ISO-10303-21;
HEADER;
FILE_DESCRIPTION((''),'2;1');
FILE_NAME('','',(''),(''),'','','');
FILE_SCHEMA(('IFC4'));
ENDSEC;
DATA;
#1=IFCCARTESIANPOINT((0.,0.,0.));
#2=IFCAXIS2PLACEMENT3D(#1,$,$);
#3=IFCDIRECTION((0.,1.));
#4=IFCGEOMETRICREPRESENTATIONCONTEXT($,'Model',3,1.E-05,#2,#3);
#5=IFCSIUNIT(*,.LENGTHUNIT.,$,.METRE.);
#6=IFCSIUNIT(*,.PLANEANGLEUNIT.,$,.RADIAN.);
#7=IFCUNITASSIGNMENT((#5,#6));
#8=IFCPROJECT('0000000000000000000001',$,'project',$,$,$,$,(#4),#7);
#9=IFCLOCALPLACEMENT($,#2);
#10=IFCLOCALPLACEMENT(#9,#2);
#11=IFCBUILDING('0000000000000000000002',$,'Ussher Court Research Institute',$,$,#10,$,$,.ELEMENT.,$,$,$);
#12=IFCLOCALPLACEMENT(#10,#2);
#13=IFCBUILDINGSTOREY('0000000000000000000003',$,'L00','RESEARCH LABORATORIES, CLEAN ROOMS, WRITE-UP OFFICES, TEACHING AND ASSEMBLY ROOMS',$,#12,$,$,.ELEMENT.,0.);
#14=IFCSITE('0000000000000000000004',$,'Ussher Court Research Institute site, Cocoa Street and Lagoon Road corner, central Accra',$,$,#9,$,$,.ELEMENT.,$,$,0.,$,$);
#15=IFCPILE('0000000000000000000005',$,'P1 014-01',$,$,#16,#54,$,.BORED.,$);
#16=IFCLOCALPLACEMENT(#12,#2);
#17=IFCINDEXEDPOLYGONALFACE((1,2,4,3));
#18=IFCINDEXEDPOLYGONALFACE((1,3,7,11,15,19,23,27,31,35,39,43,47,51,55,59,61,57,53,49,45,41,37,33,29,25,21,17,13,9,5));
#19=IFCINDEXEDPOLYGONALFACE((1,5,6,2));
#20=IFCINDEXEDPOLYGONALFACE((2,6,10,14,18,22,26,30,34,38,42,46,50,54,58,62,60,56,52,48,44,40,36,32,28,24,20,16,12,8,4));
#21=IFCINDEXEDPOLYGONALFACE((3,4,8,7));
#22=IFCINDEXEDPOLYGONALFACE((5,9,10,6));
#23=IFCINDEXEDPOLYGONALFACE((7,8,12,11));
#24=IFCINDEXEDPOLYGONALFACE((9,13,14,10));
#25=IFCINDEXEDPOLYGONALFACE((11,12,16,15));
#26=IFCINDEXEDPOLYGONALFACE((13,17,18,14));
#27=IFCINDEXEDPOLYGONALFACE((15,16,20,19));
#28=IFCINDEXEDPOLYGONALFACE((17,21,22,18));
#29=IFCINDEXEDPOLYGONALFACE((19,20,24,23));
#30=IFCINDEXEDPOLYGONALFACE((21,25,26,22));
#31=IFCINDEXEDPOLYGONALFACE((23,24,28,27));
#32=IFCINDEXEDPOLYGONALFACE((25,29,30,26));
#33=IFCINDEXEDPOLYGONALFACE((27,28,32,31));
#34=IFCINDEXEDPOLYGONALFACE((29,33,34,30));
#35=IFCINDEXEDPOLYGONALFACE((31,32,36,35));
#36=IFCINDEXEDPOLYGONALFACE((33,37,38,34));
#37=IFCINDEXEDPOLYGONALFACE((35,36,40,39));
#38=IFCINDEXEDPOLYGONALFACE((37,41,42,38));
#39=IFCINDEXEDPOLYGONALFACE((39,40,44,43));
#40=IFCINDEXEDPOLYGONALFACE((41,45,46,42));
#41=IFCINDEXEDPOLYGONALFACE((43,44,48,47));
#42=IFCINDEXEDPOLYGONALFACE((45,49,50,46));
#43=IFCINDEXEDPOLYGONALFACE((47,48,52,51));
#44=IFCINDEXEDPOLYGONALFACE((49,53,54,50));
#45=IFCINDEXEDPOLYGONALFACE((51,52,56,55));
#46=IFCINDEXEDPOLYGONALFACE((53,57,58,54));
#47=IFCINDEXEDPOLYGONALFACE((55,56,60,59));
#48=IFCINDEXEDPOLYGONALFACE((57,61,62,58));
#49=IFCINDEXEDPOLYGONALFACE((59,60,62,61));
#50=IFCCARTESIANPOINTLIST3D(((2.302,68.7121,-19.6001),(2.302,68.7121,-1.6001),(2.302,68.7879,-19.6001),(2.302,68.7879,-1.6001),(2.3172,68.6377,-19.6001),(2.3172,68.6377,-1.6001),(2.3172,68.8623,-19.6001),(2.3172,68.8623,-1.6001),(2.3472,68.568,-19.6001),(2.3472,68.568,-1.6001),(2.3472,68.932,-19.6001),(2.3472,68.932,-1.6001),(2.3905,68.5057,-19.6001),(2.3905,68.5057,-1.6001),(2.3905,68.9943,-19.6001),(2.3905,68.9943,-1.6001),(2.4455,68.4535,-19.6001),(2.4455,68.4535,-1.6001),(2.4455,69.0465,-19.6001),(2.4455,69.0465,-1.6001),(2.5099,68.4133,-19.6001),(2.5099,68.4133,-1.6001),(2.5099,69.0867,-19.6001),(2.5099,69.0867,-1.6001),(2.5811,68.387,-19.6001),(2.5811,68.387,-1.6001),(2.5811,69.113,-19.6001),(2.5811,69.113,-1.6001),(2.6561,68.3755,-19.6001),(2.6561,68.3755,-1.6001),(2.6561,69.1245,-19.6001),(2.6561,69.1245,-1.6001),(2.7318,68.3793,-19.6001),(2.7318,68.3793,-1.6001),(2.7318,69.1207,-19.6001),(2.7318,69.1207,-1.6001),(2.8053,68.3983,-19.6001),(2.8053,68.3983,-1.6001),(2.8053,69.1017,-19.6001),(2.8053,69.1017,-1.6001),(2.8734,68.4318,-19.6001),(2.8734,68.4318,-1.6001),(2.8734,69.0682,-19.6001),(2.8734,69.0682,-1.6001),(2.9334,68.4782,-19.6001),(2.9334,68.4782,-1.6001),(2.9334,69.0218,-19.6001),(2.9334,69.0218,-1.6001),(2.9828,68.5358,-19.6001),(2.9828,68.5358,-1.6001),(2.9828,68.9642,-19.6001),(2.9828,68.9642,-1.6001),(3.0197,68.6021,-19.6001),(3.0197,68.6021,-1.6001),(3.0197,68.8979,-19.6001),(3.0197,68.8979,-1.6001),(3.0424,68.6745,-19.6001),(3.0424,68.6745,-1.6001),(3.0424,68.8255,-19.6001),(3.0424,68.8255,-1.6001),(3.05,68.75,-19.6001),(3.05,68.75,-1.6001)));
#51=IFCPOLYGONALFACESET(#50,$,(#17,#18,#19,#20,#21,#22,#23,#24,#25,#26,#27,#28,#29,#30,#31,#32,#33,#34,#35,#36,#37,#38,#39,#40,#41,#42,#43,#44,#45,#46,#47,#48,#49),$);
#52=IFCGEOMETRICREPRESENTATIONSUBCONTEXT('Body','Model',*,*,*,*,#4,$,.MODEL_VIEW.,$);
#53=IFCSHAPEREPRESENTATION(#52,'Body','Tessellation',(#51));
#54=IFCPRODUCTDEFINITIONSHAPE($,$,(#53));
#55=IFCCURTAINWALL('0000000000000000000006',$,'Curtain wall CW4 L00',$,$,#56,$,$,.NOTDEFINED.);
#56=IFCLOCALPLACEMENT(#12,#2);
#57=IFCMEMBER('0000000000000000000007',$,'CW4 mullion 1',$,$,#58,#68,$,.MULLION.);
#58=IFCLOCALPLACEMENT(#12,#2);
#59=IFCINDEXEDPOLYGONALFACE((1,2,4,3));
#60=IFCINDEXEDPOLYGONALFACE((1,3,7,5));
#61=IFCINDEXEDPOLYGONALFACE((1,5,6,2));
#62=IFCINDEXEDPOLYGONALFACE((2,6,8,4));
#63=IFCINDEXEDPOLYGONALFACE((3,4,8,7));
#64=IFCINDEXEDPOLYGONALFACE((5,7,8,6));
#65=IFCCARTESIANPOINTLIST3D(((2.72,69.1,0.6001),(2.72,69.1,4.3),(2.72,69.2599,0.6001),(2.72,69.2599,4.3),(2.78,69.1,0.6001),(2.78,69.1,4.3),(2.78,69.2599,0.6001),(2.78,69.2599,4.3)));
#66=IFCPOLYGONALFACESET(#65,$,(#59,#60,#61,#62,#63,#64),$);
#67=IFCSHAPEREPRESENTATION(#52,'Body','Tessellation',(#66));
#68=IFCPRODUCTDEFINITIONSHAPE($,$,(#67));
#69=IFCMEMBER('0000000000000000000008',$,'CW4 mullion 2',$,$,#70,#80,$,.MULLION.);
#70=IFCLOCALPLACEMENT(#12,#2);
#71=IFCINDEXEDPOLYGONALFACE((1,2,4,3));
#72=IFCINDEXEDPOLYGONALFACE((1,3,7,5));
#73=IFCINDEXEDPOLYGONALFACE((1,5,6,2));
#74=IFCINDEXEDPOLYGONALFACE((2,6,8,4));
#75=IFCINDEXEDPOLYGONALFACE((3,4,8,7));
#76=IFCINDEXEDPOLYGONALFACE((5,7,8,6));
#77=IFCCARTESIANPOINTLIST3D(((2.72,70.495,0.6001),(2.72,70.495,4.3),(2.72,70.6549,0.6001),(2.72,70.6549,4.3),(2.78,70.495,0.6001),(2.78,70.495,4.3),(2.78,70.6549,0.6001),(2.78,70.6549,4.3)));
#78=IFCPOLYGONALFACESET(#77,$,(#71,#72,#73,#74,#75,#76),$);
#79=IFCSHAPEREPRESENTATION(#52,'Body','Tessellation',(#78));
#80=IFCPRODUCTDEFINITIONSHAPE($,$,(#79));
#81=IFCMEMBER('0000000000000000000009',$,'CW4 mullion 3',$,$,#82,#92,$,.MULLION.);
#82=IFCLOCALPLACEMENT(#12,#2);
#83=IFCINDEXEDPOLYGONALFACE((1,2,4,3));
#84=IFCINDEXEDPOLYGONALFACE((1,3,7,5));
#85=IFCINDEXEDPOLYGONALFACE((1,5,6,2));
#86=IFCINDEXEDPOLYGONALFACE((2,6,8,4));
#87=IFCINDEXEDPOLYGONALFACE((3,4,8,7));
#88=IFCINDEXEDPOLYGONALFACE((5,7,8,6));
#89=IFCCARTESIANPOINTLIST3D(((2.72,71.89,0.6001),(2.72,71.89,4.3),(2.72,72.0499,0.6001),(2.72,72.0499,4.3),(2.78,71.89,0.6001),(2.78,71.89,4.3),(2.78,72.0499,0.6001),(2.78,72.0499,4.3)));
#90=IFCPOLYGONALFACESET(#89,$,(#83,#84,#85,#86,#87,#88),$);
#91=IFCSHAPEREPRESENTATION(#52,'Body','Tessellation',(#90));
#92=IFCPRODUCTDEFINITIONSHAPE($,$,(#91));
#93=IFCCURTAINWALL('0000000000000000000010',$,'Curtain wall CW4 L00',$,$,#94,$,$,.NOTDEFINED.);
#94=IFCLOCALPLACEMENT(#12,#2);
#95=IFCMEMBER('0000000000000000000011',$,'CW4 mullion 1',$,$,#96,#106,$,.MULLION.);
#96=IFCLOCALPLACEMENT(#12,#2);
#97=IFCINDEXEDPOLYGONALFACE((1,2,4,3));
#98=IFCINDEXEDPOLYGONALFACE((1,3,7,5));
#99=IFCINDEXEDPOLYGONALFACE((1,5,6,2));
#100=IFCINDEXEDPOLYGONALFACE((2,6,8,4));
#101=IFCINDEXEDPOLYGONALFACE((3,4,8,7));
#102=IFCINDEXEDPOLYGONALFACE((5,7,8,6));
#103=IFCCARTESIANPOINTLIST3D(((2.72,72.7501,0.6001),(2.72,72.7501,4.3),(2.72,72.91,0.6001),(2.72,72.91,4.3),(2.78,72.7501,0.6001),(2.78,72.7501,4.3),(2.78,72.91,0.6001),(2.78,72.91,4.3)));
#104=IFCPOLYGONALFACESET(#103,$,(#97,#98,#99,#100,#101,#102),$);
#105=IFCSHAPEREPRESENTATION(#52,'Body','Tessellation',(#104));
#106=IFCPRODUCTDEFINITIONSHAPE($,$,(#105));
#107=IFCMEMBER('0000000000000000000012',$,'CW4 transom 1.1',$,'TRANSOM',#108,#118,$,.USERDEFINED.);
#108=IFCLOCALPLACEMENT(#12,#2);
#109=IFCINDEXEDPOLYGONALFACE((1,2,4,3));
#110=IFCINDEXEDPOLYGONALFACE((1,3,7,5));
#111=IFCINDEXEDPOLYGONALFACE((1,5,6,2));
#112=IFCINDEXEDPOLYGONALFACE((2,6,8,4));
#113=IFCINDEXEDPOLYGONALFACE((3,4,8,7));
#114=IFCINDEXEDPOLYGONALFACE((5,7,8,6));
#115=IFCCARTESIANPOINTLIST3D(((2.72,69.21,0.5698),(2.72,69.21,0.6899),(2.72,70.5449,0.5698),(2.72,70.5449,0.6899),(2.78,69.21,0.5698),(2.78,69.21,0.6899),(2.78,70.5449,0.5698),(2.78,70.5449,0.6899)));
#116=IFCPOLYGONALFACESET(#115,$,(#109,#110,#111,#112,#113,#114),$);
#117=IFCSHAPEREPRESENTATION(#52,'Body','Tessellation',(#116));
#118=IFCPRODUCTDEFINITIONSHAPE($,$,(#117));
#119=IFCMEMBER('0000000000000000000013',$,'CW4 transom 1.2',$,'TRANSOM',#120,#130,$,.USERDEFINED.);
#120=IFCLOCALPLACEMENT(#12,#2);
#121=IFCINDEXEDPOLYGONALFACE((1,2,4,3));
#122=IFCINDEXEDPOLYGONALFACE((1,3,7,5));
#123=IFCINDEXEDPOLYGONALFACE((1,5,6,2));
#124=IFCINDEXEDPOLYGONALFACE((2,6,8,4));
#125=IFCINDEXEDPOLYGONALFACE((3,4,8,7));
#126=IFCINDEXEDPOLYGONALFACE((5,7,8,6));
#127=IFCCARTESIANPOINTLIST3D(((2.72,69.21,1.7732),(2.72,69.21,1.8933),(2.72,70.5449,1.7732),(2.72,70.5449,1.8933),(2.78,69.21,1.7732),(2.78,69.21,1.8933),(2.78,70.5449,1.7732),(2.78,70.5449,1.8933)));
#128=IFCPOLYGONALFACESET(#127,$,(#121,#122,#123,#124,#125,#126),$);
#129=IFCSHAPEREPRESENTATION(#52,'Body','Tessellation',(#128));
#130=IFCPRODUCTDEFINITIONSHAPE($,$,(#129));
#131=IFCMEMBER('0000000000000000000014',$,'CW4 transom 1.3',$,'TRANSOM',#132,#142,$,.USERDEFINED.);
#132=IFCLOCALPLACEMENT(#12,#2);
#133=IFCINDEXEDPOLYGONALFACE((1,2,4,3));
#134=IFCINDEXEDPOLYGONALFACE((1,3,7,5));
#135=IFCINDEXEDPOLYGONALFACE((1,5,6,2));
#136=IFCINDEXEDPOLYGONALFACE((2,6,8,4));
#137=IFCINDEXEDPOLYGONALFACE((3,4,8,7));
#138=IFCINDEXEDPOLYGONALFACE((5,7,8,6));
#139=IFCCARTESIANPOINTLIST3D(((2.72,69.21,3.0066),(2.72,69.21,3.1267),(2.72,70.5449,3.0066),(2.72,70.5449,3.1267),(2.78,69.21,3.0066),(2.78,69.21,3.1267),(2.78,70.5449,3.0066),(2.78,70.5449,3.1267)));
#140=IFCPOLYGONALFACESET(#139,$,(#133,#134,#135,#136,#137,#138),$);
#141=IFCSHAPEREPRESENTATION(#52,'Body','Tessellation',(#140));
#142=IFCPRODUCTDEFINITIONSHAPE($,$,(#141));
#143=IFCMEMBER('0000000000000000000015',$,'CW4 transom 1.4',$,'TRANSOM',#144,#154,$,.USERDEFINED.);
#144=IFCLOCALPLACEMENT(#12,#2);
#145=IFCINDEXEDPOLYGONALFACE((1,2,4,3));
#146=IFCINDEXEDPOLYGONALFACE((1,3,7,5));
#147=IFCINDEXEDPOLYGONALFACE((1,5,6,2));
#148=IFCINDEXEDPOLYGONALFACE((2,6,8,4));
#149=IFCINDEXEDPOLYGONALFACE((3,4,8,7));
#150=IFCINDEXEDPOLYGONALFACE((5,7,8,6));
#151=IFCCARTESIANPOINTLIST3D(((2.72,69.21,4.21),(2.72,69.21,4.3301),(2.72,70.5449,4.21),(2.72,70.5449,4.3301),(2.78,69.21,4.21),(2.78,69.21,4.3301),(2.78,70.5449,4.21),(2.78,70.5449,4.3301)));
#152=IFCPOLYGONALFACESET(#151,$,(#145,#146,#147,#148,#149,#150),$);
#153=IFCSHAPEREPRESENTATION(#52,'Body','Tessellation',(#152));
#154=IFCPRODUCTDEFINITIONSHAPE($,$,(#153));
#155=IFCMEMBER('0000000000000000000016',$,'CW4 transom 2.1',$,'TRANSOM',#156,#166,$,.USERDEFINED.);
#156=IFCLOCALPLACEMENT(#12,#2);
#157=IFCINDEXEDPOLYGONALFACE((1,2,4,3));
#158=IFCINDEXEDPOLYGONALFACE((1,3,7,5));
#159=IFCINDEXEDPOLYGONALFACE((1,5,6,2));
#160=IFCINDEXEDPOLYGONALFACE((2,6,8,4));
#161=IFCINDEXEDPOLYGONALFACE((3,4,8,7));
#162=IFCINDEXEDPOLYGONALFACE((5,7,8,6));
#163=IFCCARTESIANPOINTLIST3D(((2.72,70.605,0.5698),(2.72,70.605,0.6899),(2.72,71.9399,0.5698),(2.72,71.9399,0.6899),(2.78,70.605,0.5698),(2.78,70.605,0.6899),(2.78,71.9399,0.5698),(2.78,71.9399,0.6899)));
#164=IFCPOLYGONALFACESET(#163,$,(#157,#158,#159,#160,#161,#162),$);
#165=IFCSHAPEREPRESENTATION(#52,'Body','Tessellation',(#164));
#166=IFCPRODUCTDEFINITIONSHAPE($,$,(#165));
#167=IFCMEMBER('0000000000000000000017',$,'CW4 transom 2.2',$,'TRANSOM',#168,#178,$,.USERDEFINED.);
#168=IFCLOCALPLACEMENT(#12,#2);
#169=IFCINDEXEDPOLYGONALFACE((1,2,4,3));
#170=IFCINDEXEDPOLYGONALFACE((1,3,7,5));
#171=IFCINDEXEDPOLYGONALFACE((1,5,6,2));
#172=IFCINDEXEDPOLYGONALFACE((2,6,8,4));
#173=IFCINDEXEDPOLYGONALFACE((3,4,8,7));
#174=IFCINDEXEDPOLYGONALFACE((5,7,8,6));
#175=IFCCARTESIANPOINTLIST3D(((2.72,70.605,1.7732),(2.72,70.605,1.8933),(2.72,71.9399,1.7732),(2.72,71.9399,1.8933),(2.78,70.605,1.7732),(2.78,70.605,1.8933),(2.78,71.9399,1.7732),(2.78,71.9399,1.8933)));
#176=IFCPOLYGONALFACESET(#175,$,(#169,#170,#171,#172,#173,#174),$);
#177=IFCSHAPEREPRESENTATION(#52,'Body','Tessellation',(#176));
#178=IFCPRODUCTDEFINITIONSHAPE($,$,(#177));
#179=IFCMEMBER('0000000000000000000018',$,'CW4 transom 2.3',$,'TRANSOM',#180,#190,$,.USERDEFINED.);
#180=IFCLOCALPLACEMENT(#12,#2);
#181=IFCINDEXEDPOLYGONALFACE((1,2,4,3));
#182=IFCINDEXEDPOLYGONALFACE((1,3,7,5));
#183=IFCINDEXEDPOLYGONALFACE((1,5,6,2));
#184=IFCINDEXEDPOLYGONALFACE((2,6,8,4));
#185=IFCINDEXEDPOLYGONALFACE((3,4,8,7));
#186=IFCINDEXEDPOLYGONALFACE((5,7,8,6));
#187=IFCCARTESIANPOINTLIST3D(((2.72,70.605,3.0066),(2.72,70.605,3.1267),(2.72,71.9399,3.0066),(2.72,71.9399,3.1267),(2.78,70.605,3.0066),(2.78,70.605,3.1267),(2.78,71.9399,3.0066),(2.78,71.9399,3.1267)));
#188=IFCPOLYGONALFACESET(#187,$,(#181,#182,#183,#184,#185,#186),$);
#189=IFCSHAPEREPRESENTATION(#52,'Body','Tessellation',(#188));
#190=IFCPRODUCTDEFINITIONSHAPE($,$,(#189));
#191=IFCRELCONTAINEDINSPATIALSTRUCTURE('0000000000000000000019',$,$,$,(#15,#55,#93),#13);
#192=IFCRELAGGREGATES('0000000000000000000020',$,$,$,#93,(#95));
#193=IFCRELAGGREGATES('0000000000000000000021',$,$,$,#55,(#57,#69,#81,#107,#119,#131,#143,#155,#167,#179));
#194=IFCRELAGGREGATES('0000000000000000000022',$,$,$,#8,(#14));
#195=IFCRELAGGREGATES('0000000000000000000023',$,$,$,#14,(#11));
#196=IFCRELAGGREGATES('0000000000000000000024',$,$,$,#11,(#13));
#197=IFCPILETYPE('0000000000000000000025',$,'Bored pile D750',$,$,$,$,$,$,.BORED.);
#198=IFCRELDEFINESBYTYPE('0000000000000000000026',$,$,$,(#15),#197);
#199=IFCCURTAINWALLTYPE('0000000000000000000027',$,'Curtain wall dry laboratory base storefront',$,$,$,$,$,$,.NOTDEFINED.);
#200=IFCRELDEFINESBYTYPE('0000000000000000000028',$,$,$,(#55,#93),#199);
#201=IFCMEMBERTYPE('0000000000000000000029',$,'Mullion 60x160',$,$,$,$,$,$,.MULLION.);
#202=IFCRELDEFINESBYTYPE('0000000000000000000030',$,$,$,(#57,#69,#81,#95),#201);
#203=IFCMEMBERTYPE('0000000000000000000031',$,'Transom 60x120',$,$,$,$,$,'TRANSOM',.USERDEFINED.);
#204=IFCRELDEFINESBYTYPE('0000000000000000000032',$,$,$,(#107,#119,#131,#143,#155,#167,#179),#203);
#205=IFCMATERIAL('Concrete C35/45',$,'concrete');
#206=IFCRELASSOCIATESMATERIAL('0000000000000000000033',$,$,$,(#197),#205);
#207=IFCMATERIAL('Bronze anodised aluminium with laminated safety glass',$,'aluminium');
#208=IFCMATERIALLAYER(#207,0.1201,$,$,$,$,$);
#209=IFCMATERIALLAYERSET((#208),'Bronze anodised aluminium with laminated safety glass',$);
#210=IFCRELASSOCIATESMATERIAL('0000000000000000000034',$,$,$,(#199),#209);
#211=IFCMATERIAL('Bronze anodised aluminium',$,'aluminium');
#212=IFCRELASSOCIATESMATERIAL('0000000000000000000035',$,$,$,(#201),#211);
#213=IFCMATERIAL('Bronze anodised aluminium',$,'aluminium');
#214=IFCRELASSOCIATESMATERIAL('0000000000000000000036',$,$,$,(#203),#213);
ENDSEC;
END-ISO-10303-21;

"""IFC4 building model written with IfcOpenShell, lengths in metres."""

from ifc_helpers import new_model, si_unit, direction, frame, origin, origin_2d, place, context, subcontext, project, spatial, rectangle, circle, extrude, material, layer, layer_set, material_profile, profile_set, type_object, element, aggregate, save


model = new_model("IFC4")

# Units and contexts
model_context = context("Model", 3, precision=1e-05, world=origin(), true_north=direction((0.0, 1.0)))
body_context = subcontext(model_context, "Body", "Model", "MODEL_VIEW")
ifc_project = project(units=[si_unit("LENGTHUNIT", "METRE"), si_unit("PLANEANGLEUNIT", "RADIAN")], contexts=[model_context])

# Site, building, storey
site_placement = place(None, origin())
site = spatial("IfcSite", under=ifc_project, at=site_placement, Name="Ussher Court Research Institute site, Cocoa Street and Lagoon Road corner, central Accra", CompositionType="ELEMENT", RefElevation=0.0)
building_placement = place(site_placement, origin())
building = spatial("IfcBuilding", under=site, at=building_placement, Name="Ussher Court Research Institute", CompositionType="ELEMENT")
storey_placement = place(building_placement, origin())
storey = spatial("IfcBuildingStorey", under=building, at=storey_placement, Name="L00", Description="RESEARCH LABORATORIES, CLEAN ROOMS, WRITE-UP OFFICES, TEACHING AND ASSEMBLY ROOMS", CompositionType="ELEMENT", Elevation=0.0)

# Pile
ifc_material_1 = material(Name="Concrete C35/45", Category="concrete")
ifc_material_profile_1 = material_profile(ifc_material_1, circle(Radius=0.375, at=origin_2d()), Name="RC D750")
ifc_profile_set_1 = profile_set([ifc_material_profile_1], Name="Concrete C35/45")
pile_type = type_object("IfcPileType", Name="Bored pile D750", PredefinedType="BORED", material=ifc_profile_set_1)
pile_placement = place(storey_placement, frame((2.675, 68.75, -1.6001), z_axis=(0.0, 0.0, -1.0), x_axis=(1.0, 0.0, 0.0)))
element("IfcPile", 1, at=pile_placement, inside=storey, type_object=pile_type, Name="P1 014-01", PredefinedType="BORED", context=body_context, shape_type="SweptSolid", body=[
    extrude(circle(Radius=0.375, at=origin_2d()), origin(), (0.0, 0.0, 1.0), 18.0),
])

# Curtain wall, members
ifc_material_2 = material(Name="Bronze anodised aluminium with laminated safety glass", Category="aluminium")
ifc_layer_1 = layer(ifc_material_2, 0.1201)
ifc_layer_set_1 = layer_set([ifc_layer_1], Name="Bronze anodised aluminium with laminated safety glass")
curtain_wall_type = type_object("IfcCurtainWallType", Name="Curtain wall dry laboratory base storefront", PredefinedType="NOTDEFINED", material=ifc_layer_set_1)
curtain_wall_1_placement = place(storey_placement, origin())
curtain_wall_1 = element("IfcCurtainWall", 2, at=curtain_wall_1_placement, inside=storey, type_object=curtain_wall_type, Name="Curtain wall CW4 L00", PredefinedType="NOTDEFINED")
ifc_material_3 = material(Name="Bronze anodised aluminium", Category="aluminium")
ifc_material_profile_2 = material_profile(ifc_material_3, rectangle(XDim=0.0601, YDim=0.1599, at=origin_2d()), Name="Mullion 60x160")
ifc_profile_set_2 = profile_set([ifc_material_profile_2], Name="Bronze anodised aluminium")
member_type_1 = type_object("IfcMemberType", Name="Mullion 60x160", PredefinedType="MULLION", material=ifc_profile_set_2)
member_1_placement = place(storey_placement, frame((2.75, 69.1799, 0.6001), z_axis=(0.0, 0.0, 1.0), x_axis=(-1.0, 0.0, 0.0)))
member_1 = element("IfcMember", 3, at=member_1_placement, type_object=member_type_1, Name="CW4 mullion 1", PredefinedType="MULLION", context=body_context, shape_type="SweptSolid", body=[
    extrude(rectangle(XDim=0.0601, YDim=0.1599, at=origin_2d()), origin(), (0.0, 0.0, 1.0), 3.7),
])
member_2_placement = place(storey_placement, frame((2.75, 70.575, 0.6001), z_axis=(0.0, 0.0, 1.0), x_axis=(-1.0, 0.0, 0.0)))
member_2 = element("IfcMember", 4, at=member_2_placement, type_object=member_type_1, Name="CW4 mullion 2", PredefinedType="MULLION", context=body_context, shape_type="SweptSolid", body=[
    extrude(rectangle(XDim=0.0601, YDim=0.1599, at=origin_2d()), origin(), (0.0, 0.0, 1.0), 3.7),
])
member_3_placement = place(storey_placement, frame((2.75, 71.97, 0.6001), z_axis=(0.0, 0.0, 1.0), x_axis=(-1.0, 0.0, 0.0)))
member_3 = element("IfcMember", 5, at=member_3_placement, type_object=member_type_1, Name="CW4 mullion 3", PredefinedType="MULLION", context=body_context, shape_type="SweptSolid", body=[
    extrude(rectangle(XDim=0.0601, YDim=0.1599, at=origin_2d()), origin(), (0.0, 0.0, 1.0), 3.7),
])

# Curtain wall, member
curtain_wall_2_placement = place(storey_placement, origin())
curtain_wall_2 = element("IfcCurtainWall", 6, at=curtain_wall_2_placement, inside=storey, type_object=curtain_wall_type, Name="Curtain wall CW4 L00", PredefinedType="NOTDEFINED")
member_4_placement = place(storey_placement, frame((2.75, 72.8301, 0.6001), z_axis=(0.0, 0.0, 1.0), x_axis=(-1.0, 0.0, 0.0)))
member_4 = element("IfcMember", 7, at=member_4_placement, type_object=member_type_1, Name="CW4 mullion 1", PredefinedType="MULLION", context=body_context, shape_type="SweptSolid", body=[
    extrude(rectangle(XDim=0.0601, YDim=0.1599, at=origin_2d()), origin(), (0.0, 0.0, 1.0), 3.7),
])

# Members
ifc_material_4 = material(Name="Bronze anodised aluminium", Category="aluminium")
ifc_material_profile_3 = material_profile(ifc_material_4, rectangle(XDim=0.0601, YDim=0.1201, at=origin_2d()), Name="Transom 60x120")
ifc_profile_set_3 = profile_set([ifc_material_profile_3], Name="Bronze anodised aluminium")
member_type_2 = type_object("IfcMemberType", Name="Transom 60x120", ElementType="TRANSOM", PredefinedType="USERDEFINED", material=ifc_profile_set_3)
member_5_placement = place(storey_placement, frame((2.75, 69.21, 0.6299), z_axis=(0.0, 1.0, 0.0), x_axis=(-1.0, 0.0, 0.0)))
member_5 = element("IfcMember", 8, at=member_5_placement, type_object=member_type_2, Name="CW4 transom 1.1", ObjectType="TRANSOM", PredefinedType="USERDEFINED", context=body_context, shape_type="SweptSolid", body=[
    extrude(rectangle(XDim=0.0601, YDim=0.1201, at=origin_2d()), origin(), (0.0, 0.0, 1.0), 1.335),
])
member_6_placement = place(storey_placement, frame((2.75, 69.21, 1.8333), z_axis=(0.0, 1.0, 0.0), x_axis=(-1.0, 0.0, 0.0)))
member_6 = element("IfcMember", 9, at=member_6_placement, type_object=member_type_2, Name="CW4 transom 1.2", ObjectType="TRANSOM", PredefinedType="USERDEFINED", context=body_context, shape_type="SweptSolid", body=[
    extrude(rectangle(XDim=0.0601, YDim=0.1201, at=origin_2d()), origin(), (0.0, 0.0, 1.0), 1.335),
])
member_7_placement = place(storey_placement, frame((2.75, 69.21, 3.0667), z_axis=(0.0, 1.0, 0.0), x_axis=(-1.0, 0.0, 0.0)))
member_7 = element("IfcMember", 10, at=member_7_placement, type_object=member_type_2, Name="CW4 transom 1.3", ObjectType="TRANSOM", PredefinedType="USERDEFINED", context=body_context, shape_type="SweptSolid", body=[
    extrude(rectangle(XDim=0.0601, YDim=0.1201, at=origin_2d()), origin(), (0.0, 0.0, 1.0), 1.335),
])
member_8_placement = place(storey_placement, frame((2.75, 69.21, 4.27), z_axis=(0.0, 1.0, 0.0), x_axis=(-1.0, 0.0, 0.0)))
member_8 = element("IfcMember", 11, at=member_8_placement, type_object=member_type_2, Name="CW4 transom 1.4", ObjectType="TRANSOM", PredefinedType="USERDEFINED", context=body_context, shape_type="SweptSolid", body=[
    extrude(rectangle(XDim=0.0601, YDim=0.1201, at=origin_2d()), origin(), (0.0, 0.0, 1.0), 1.335),
])
member_9_placement = place(storey_placement, frame((2.75, 70.605, 0.6299), z_axis=(0.0, 1.0, 0.0), x_axis=(-1.0, 0.0, 0.0)))
member_9 = element("IfcMember", 12, at=member_9_placement, type_object=member_type_2, Name="CW4 transom 2.1", ObjectType="TRANSOM", PredefinedType="USERDEFINED", context=body_context, shape_type="SweptSolid", body=[
    extrude(rectangle(XDim=0.0601, YDim=0.1201, at=origin_2d()), origin(), (0.0, 0.0, 1.0), 1.335),
])
member_10_placement = place(storey_placement, frame((2.75, 70.605, 1.8333), z_axis=(0.0, 1.0, 0.0), x_axis=(-1.0, 0.0, 0.0)))
member_10 = element("IfcMember", 13, at=member_10_placement, type_object=member_type_2, Name="CW4 transom 2.2", ObjectType="TRANSOM", PredefinedType="USERDEFINED", context=body_context, shape_type="SweptSolid", body=[
    extrude(rectangle(XDim=0.0601, YDim=0.1201, at=origin_2d()), origin(), (0.0, 0.0, 1.0), 1.335),
])
member_11_placement = place(storey_placement, frame((2.75, 70.605, 3.0667), z_axis=(0.0, 1.0, 0.0), x_axis=(-1.0, 0.0, 0.0)))
member_11 = element("IfcMember", 14, at=member_11_placement, type_object=member_type_2, Name="CW4 transom 2.3", ObjectType="TRANSOM", PredefinedType="USERDEFINED", context=body_context, shape_type="SweptSolid", body=[
    extrude(rectangle(XDim=0.0601, YDim=0.1201, at=origin_2d()), origin(), (0.0, 0.0, 1.0), 1.335),
])
aggregate(curtain_wall_2, [member_4])

aggregate(curtain_wall_1, [member_1, member_2, member_3, member_5, member_6, member_7, member_8, member_9, member_10, member_11])

save(model, "model.ifc")
